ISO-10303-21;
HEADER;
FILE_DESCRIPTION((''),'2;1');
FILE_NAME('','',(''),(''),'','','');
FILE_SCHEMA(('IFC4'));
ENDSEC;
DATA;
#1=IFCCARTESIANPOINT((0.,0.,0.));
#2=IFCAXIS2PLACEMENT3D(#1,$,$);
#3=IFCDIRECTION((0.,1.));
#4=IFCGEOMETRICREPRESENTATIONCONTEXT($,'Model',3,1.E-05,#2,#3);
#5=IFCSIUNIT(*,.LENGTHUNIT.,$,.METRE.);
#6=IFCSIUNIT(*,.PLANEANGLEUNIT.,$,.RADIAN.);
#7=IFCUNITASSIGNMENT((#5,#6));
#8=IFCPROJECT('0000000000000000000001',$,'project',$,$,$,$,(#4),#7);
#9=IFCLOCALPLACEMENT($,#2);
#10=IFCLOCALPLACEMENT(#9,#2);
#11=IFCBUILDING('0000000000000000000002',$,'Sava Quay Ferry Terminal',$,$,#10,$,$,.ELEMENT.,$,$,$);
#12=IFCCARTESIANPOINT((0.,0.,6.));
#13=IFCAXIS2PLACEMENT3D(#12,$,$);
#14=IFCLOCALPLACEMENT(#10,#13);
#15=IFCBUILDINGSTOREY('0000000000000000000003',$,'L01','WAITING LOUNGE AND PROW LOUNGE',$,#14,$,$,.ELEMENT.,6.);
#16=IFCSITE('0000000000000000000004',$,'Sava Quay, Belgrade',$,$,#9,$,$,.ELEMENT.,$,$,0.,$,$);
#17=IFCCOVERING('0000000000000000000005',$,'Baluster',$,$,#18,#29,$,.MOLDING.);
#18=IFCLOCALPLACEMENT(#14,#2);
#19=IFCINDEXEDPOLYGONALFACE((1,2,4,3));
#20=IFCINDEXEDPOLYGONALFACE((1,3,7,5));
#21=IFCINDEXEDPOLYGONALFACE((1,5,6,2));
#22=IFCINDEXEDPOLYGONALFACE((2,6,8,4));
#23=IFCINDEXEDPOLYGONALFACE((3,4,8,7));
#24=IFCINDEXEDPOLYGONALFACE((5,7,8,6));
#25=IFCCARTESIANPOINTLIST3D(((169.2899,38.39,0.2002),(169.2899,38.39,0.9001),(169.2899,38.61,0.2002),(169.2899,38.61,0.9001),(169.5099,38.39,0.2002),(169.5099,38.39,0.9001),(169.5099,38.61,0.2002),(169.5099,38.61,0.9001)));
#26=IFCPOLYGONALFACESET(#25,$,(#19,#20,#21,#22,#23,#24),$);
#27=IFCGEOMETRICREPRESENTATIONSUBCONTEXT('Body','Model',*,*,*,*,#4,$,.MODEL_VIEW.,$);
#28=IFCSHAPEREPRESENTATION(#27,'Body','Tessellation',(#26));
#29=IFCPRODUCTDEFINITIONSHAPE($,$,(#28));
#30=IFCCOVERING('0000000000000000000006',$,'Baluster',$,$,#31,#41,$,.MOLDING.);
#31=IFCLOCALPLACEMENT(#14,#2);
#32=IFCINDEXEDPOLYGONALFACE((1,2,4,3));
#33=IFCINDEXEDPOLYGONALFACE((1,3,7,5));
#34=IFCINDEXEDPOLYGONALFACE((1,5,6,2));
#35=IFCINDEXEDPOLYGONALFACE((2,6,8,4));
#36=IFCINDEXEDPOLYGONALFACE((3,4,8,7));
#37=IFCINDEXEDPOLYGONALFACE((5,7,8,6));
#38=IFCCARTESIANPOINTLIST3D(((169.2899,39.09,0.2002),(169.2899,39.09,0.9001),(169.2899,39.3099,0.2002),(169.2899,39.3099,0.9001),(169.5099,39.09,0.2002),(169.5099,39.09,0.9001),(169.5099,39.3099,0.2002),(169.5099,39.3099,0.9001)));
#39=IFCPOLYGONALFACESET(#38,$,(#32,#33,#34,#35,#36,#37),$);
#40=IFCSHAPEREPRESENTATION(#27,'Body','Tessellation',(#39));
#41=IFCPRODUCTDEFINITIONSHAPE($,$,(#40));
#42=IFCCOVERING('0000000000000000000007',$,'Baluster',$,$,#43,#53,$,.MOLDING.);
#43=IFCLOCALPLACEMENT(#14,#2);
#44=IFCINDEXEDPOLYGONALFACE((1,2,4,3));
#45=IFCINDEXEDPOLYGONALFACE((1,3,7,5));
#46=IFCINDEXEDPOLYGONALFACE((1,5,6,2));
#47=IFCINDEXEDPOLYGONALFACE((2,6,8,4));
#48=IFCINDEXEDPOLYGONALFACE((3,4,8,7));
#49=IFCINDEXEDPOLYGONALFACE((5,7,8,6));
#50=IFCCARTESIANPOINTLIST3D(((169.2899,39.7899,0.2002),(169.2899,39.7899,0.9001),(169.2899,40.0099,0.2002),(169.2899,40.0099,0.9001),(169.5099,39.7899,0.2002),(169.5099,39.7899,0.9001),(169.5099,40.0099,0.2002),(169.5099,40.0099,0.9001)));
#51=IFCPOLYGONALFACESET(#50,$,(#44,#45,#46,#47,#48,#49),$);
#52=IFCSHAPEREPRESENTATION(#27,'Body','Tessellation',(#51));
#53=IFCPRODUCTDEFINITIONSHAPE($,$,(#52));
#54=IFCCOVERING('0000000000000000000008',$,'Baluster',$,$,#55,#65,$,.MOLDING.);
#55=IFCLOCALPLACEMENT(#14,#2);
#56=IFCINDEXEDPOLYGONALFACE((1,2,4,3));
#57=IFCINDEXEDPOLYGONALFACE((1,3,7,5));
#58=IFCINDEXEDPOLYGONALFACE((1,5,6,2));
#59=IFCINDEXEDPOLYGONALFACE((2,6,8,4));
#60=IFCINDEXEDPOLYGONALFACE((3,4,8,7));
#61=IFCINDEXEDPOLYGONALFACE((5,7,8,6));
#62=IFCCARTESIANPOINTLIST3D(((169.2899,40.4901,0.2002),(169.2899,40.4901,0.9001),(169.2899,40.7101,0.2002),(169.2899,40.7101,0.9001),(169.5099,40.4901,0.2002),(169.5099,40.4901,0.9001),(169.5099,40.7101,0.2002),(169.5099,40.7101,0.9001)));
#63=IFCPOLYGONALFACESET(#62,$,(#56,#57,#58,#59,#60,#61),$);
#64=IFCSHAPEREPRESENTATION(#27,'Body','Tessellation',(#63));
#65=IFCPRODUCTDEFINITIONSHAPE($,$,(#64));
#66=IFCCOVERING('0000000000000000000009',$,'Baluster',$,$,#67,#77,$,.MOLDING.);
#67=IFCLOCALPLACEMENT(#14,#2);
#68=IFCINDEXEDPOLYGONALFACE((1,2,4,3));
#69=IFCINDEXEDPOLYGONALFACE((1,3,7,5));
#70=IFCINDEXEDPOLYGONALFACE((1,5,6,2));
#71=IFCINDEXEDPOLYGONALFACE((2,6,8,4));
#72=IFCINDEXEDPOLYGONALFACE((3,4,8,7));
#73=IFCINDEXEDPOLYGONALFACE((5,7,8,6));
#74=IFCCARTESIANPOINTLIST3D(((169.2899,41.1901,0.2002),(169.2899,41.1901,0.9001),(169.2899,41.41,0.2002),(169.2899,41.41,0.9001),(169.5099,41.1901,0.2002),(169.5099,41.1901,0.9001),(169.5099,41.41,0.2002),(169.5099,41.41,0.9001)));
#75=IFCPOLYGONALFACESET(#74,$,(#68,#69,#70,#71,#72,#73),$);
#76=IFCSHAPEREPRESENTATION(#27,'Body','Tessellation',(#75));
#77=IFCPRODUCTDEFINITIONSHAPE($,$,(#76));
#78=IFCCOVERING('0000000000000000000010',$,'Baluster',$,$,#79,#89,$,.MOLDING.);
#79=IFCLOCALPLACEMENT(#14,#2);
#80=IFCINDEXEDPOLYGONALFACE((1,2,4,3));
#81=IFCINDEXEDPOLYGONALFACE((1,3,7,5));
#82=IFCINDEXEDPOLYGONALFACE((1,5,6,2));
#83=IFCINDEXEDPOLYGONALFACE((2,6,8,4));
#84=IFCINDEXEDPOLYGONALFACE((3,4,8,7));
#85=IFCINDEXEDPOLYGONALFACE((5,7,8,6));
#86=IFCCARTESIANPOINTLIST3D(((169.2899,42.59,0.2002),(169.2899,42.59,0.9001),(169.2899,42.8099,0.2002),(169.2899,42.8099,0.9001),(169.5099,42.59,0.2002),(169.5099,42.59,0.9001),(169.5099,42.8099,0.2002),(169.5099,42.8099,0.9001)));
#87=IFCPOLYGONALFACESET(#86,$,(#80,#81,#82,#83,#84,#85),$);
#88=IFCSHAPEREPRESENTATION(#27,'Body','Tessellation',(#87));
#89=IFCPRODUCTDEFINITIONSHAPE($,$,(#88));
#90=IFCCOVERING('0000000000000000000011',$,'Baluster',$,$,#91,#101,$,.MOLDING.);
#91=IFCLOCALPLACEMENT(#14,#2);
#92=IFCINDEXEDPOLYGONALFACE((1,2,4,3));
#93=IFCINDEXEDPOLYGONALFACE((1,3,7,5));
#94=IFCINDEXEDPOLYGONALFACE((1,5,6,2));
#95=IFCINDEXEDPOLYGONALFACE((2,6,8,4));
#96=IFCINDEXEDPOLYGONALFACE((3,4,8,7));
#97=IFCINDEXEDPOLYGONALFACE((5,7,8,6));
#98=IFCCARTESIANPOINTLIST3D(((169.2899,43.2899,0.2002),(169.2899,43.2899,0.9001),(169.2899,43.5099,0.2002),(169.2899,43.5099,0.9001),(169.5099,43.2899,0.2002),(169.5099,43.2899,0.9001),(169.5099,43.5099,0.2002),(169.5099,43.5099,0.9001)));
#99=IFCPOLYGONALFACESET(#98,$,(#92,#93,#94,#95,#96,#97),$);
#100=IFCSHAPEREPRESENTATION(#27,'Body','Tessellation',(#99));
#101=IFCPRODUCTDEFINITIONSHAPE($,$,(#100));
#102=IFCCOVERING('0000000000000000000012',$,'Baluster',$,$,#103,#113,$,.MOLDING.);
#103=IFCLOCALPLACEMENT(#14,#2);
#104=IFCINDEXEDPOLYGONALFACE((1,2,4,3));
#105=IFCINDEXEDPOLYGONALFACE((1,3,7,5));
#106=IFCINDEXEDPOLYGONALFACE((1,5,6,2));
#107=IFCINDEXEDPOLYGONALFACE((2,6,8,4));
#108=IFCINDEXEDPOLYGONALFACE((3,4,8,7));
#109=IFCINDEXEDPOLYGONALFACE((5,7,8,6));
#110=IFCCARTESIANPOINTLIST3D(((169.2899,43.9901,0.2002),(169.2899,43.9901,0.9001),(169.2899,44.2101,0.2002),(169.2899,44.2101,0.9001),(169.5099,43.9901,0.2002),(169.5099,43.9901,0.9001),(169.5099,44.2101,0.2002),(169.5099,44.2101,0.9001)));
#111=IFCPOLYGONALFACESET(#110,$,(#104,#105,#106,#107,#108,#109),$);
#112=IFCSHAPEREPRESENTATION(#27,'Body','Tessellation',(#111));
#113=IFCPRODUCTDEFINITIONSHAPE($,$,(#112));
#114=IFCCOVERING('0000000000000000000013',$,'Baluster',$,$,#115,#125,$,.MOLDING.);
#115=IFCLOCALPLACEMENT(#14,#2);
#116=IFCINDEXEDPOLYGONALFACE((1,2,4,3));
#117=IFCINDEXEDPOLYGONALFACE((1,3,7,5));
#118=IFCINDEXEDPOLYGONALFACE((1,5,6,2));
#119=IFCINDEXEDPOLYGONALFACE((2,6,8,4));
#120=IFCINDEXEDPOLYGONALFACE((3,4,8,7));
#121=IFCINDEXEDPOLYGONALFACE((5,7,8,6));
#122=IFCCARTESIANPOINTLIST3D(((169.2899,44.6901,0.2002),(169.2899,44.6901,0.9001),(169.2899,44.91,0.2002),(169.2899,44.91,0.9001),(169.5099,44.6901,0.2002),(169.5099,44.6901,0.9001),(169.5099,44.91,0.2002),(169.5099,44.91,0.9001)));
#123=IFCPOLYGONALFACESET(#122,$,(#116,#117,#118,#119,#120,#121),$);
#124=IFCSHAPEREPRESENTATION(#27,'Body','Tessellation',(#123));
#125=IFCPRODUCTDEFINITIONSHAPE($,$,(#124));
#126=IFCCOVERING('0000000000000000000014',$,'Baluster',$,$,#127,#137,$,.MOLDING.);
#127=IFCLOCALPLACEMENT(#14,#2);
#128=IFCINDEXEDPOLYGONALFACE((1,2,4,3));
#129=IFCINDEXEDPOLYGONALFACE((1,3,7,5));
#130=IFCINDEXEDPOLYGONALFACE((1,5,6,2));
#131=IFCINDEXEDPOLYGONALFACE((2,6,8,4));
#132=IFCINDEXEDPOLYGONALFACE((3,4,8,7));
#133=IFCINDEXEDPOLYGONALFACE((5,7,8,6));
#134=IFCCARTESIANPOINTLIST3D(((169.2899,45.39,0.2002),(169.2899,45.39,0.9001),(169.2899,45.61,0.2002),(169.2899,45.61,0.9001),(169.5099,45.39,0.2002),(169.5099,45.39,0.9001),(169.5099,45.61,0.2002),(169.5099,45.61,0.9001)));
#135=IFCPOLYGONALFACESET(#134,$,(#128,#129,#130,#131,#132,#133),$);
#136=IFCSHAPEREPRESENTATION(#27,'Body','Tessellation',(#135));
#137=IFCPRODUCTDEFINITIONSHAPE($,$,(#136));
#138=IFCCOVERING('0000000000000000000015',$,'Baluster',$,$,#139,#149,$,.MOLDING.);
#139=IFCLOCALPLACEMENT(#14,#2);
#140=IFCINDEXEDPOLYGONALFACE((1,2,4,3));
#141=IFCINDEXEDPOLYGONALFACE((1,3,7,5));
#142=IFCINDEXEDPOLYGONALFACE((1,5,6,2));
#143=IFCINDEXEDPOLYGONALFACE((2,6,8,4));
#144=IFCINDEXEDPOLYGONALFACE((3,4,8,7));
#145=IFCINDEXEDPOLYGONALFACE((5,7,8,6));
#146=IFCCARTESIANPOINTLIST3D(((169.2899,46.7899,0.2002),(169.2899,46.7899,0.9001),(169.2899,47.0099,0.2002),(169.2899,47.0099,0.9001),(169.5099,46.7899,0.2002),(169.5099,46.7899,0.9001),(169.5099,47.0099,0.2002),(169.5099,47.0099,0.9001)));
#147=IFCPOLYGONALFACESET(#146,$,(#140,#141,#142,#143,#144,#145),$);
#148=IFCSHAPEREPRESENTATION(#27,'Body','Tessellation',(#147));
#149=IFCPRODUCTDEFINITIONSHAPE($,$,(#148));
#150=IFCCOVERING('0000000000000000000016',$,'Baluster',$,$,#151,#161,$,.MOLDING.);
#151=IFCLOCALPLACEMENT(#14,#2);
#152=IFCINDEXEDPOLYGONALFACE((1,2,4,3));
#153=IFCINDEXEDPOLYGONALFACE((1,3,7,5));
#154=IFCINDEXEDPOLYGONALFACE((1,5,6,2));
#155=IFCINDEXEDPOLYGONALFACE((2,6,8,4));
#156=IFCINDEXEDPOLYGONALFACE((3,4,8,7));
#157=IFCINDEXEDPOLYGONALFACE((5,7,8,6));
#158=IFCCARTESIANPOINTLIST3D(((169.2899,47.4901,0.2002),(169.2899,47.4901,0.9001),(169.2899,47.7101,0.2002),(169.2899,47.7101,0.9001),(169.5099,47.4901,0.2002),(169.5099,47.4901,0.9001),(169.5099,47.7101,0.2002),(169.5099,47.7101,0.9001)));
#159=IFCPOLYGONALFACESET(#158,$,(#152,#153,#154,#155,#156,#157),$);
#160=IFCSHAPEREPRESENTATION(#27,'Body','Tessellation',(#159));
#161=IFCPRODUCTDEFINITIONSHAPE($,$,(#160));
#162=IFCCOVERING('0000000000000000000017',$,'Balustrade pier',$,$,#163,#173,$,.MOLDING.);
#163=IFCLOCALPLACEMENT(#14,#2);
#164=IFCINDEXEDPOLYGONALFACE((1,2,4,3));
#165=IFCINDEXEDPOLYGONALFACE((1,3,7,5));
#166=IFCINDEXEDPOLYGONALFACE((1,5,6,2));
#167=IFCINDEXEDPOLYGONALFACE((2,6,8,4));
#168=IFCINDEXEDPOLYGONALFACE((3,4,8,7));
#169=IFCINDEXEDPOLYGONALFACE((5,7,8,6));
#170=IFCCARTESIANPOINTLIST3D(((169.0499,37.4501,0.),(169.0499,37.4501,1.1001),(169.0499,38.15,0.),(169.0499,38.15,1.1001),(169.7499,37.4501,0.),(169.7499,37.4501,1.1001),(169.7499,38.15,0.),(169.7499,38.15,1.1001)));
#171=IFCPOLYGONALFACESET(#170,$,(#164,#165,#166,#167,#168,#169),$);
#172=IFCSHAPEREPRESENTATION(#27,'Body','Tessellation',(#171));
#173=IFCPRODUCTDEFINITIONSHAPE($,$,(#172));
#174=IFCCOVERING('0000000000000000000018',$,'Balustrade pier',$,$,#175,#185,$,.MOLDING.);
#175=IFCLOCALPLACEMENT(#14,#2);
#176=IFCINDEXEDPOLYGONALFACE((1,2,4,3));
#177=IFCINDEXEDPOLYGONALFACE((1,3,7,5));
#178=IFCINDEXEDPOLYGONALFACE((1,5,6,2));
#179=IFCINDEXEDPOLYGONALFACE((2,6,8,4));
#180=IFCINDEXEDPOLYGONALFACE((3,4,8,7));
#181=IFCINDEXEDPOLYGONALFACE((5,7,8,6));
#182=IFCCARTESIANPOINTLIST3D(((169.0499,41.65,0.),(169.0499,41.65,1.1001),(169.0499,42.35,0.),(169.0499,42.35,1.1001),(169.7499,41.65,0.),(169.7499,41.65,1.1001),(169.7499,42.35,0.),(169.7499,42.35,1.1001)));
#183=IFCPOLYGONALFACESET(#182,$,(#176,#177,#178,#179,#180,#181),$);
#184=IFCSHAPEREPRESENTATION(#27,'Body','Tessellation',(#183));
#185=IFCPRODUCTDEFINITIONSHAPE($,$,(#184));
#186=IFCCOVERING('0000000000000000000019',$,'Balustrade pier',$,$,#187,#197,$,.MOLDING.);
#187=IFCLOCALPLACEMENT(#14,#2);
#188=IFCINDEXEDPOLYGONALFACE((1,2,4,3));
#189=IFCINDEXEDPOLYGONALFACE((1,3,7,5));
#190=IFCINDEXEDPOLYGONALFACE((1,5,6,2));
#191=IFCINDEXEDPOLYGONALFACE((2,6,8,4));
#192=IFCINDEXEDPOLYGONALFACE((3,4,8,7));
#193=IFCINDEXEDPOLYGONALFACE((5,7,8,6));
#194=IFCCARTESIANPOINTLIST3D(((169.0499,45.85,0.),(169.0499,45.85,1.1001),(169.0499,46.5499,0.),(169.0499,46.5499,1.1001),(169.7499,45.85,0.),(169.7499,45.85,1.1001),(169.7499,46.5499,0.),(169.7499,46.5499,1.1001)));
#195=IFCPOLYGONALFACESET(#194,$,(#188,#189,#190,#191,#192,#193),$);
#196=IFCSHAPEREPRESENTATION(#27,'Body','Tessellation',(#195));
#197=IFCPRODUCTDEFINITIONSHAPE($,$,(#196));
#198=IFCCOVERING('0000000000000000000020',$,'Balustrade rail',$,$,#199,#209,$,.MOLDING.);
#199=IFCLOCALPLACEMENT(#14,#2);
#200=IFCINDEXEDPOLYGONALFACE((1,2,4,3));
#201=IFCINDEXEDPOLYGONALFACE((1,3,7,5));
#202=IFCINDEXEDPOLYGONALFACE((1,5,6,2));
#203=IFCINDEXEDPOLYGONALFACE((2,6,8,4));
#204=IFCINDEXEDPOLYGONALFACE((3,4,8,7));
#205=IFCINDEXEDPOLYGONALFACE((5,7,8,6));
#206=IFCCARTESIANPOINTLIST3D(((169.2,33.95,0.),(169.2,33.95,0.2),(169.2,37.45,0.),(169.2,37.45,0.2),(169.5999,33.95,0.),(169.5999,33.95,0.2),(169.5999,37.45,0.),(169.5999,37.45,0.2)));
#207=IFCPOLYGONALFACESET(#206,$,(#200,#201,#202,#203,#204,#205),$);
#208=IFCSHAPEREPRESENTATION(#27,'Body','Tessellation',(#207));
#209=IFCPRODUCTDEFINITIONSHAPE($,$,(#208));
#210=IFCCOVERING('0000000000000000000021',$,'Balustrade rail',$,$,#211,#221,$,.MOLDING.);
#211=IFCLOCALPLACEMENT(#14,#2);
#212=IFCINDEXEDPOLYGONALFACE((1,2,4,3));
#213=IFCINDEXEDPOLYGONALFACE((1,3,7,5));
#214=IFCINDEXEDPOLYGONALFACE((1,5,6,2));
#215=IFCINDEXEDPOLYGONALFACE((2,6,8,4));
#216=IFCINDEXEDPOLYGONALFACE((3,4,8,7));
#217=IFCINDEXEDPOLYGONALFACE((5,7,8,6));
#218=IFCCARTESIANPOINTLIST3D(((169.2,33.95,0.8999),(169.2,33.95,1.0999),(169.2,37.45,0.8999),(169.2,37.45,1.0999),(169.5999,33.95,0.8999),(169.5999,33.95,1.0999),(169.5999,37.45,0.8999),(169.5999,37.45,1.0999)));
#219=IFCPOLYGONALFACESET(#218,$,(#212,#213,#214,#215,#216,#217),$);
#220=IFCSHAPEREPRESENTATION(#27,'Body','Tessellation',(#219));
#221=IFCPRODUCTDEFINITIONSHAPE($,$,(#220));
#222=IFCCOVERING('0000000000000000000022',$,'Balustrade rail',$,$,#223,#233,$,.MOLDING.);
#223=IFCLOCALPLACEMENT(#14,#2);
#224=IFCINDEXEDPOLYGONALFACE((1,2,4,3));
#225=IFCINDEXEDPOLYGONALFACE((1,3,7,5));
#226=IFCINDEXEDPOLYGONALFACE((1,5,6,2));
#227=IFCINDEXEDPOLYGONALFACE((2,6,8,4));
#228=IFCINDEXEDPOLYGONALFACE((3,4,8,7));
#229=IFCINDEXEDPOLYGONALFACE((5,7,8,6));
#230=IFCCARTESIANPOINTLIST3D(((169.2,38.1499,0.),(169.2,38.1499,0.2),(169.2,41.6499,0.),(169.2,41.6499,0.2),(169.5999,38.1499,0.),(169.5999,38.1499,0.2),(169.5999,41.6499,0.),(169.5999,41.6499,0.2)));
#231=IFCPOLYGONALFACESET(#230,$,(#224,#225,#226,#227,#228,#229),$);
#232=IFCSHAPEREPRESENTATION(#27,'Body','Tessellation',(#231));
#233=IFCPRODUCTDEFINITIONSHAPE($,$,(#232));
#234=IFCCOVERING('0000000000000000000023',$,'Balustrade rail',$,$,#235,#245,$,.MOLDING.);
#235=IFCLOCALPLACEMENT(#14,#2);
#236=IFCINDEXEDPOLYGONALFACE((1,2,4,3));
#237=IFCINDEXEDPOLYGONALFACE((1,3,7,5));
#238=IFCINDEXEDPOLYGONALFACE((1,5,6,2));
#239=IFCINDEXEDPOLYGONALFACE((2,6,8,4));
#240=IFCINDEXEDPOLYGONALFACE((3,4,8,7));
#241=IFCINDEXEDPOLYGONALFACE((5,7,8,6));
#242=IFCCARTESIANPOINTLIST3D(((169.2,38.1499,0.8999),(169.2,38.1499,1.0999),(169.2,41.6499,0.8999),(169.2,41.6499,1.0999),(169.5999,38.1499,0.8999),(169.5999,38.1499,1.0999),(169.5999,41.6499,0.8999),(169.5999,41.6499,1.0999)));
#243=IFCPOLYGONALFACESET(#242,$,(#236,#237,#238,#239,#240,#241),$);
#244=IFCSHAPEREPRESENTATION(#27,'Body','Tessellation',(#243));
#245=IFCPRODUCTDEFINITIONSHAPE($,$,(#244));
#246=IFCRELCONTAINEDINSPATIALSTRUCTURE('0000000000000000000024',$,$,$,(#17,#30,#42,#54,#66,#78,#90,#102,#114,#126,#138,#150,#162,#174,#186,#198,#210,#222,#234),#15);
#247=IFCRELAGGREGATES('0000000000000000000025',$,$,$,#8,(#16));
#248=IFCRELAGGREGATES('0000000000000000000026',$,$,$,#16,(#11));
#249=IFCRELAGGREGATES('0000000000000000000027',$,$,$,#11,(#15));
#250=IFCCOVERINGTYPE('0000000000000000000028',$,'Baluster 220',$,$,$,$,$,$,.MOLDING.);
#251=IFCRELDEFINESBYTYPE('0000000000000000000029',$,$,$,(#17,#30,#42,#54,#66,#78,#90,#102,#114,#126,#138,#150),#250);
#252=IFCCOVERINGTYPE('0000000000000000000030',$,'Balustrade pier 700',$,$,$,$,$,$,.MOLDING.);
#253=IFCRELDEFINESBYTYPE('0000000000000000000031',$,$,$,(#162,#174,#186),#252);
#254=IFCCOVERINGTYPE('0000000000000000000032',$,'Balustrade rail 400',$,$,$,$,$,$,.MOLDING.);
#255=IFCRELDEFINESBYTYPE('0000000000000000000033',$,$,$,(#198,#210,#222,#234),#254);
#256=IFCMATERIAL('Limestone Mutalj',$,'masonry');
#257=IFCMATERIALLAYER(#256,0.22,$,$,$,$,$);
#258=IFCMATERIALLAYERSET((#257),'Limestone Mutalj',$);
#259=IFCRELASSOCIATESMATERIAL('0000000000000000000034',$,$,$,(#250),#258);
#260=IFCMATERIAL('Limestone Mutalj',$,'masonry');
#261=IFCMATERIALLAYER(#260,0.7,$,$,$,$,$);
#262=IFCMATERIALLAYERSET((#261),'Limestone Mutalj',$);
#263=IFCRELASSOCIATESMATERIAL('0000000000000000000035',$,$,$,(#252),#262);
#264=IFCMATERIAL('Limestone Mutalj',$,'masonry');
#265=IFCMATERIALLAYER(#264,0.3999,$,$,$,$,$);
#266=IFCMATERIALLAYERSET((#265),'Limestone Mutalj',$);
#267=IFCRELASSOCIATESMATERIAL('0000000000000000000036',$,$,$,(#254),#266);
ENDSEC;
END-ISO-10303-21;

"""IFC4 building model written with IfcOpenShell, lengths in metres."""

from ifc_helpers import new_model, si_unit, direction, frame, origin, origin_2d, place, context, subcontext, project, spatial, rectangle, extrude, material, layer, layer_set, type_object, element, save


model = new_model("IFC4")

# Units and contexts
model_context = context("Model", 3, precision=1e-05, world=origin(), true_north=direction((0.0, 1.0)))
body_context = subcontext(model_context, "Body", "Model", "MODEL_VIEW")
ifc_project = project(units=[si_unit("LENGTHUNIT", "METRE"), si_unit("PLANEANGLEUNIT", "RADIAN")], contexts=[model_context])

# Site, building, storey
site_placement = place(None, origin())
site = spatial("IfcSite", under=ifc_project, at=site_placement, Name="Sava Quay, Belgrade", CompositionType="ELEMENT", RefElevation=0.0)
building_placement = place(site_placement, origin())
building = spatial("IfcBuilding", under=site, at=building_placement, Name="Sava Quay Ferry Terminal", CompositionType="ELEMENT")
storey_placement = place(building_placement, frame((0.0, 0.0, 6.0)))
storey = spatial("IfcBuildingStorey", under=building, at=storey_placement, Name="L01", Description="WAITING LOUNGE AND PROW LOUNGE", CompositionType="ELEMENT", Elevation=6.0)

# Coverings
ifc_material_1 = material(Name="Limestone Mutalj", Category="masonry")
ifc_layer_1 = layer(ifc_material_1, 0.22)
ifc_layer_set_1 = layer_set([ifc_layer_1], Name="Limestone Mutalj")
covering_type_1 = type_object("IfcCoveringType", Name="Baluster 220", PredefinedType="MOLDING", material=ifc_layer_set_1)
for number, where, z_axis, x_axis, name in (
    (1, (169.3999, 38.5, 0.2002), (0.0, 0.0, 1.0), (1.0, 0.0, 0.0), "Baluster"),
    (2, (169.3999, 39.2, 0.2002), (0.0, 0.0, 1.0), (1.0, 0.0, 0.0), "Baluster"),
    (3, (169.3999, 39.8999, 0.2002), (0.0, 0.0, 1.0), (1.0, 0.0, 0.0), "Baluster"),
    (4, (169.3999, 40.6001, 0.2002), (0.0, 0.0, 1.0), (1.0, 0.0, 0.0), "Baluster"),
    (5, (169.3999, 41.3, 0.2002), (0.0, 0.0, 1.0), (1.0, 0.0, 0.0), "Baluster"),
    (6, (169.3999, 42.7, 0.2002), (0.0, 0.0, 1.0), (1.0, 0.0, 0.0), "Baluster"),
    (7, (169.3999, 43.3999, 0.2002), (0.0, 0.0, 1.0), (1.0, 0.0, 0.0), "Baluster"),
    (8, (169.3999, 44.1001, 0.2002), (0.0, 0.0, 1.0), (1.0, 0.0, 0.0), "Baluster"),
    (9, (169.3999, 44.8, 0.2002), (0.0, 0.0, 1.0), (1.0, 0.0, 0.0), "Baluster"),
    (10, (169.3999, 45.5, 0.2002), (0.0, 0.0, 1.0), (1.0, 0.0, 0.0), "Baluster"),
    (11, (169.3999, 46.8999, 0.2002), (0.0, 0.0, 1.0), (1.0, 0.0, 0.0), "Baluster"),
    (12, (169.3999, 47.6001, 0.2002), (0.0, 0.0, 1.0), (1.0, 0.0, 0.0), "Baluster"),
):
    element("IfcCovering", number, at=place(storey_placement, frame(where, z_axis=z_axis, x_axis=x_axis)), inside=storey, type_object=covering_type_1, Name=name, PredefinedType="MOLDING", context=body_context, shape_type="SweptSolid", body=[
        extrude(rectangle(XDim=0.22, YDim=0.22, at=origin_2d()), origin(), (0.0, 0.0, 1.0), 0.7),
    ])
ifc_material_2 = material(Name="Limestone Mutalj", Category="masonry")
ifc_layer_2 = layer(ifc_material_2, 0.7)
ifc_layer_set_2 = layer_set([ifc_layer_2], Name="Limestone Mutalj")
covering_type_2 = type_object("IfcCoveringType", Name="Balustrade pier 700", PredefinedType="MOLDING", material=ifc_layer_set_2)
for number, where, z_axis, x_axis, name in (
    (13, (169.3999, 37.8, 0.0), (0.0, 0.0, 1.0), (1.0, 0.0, 0.0), "Balustrade pier"),
    (14, (169.3999, 42.0, 0.0), (0.0, 0.0, 1.0), (1.0, 0.0, 0.0), "Balustrade pier"),
    (15, (169.3999, 46.2, 0.0), (0.0, 0.0, 1.0), (1.0, 0.0, 0.0), "Balustrade pier"),
):
    element("IfcCovering", number, at=place(storey_placement, frame(where, z_axis=z_axis, x_axis=x_axis)), inside=storey, type_object=covering_type_2, Name=name, PredefinedType="MOLDING", context=body_context, shape_type="SweptSolid", body=[
        extrude(rectangle(XDim=0.7, YDim=0.7, at=origin_2d()), origin(), (0.0, 0.0, 1.0), 1.1001),
    ])
ifc_material_3 = material(Name="Limestone Mutalj", Category="masonry")
ifc_layer_3 = layer(ifc_material_3, 0.3999)
ifc_layer_set_3 = layer_set([ifc_layer_3], Name="Limestone Mutalj")
covering_type_3 = type_object("IfcCoveringType", Name="Balustrade rail 400", PredefinedType="MOLDING", material=ifc_layer_set_3)
for number, where, z_axis, x_axis, name in (
    (16, (169.3999, 35.7, 0.0), (0.0, 0.0, 1.0), (1.0, 0.0, 0.0), "Balustrade rail"),
    (17, (169.3999, 35.7, 0.8999), (0.0, 0.0, 1.0), (1.0, 0.0, 0.0), "Balustrade rail"),
    (18, (169.3999, 39.8999, 0.0), (0.0, 0.0, 1.0), (1.0, 0.0, 0.0), "Balustrade rail"),
    (19, (169.3999, 39.8999, 0.8999), (0.0, 0.0, 1.0), (1.0, 0.0, 0.0), "Balustrade rail"),
):
    element("IfcCovering", number, at=place(storey_placement, frame(where, z_axis=z_axis, x_axis=x_axis)), inside=storey, type_object=covering_type_3, Name=name, PredefinedType="MOLDING", context=body_context, shape_type="SweptSolid", body=[
        extrude(rectangle(XDim=0.3999, YDim=3.5, at=origin_2d()), origin(), (0.0, 0.0, 1.0), 0.2),
    ])

save(model, "model.ifc")
